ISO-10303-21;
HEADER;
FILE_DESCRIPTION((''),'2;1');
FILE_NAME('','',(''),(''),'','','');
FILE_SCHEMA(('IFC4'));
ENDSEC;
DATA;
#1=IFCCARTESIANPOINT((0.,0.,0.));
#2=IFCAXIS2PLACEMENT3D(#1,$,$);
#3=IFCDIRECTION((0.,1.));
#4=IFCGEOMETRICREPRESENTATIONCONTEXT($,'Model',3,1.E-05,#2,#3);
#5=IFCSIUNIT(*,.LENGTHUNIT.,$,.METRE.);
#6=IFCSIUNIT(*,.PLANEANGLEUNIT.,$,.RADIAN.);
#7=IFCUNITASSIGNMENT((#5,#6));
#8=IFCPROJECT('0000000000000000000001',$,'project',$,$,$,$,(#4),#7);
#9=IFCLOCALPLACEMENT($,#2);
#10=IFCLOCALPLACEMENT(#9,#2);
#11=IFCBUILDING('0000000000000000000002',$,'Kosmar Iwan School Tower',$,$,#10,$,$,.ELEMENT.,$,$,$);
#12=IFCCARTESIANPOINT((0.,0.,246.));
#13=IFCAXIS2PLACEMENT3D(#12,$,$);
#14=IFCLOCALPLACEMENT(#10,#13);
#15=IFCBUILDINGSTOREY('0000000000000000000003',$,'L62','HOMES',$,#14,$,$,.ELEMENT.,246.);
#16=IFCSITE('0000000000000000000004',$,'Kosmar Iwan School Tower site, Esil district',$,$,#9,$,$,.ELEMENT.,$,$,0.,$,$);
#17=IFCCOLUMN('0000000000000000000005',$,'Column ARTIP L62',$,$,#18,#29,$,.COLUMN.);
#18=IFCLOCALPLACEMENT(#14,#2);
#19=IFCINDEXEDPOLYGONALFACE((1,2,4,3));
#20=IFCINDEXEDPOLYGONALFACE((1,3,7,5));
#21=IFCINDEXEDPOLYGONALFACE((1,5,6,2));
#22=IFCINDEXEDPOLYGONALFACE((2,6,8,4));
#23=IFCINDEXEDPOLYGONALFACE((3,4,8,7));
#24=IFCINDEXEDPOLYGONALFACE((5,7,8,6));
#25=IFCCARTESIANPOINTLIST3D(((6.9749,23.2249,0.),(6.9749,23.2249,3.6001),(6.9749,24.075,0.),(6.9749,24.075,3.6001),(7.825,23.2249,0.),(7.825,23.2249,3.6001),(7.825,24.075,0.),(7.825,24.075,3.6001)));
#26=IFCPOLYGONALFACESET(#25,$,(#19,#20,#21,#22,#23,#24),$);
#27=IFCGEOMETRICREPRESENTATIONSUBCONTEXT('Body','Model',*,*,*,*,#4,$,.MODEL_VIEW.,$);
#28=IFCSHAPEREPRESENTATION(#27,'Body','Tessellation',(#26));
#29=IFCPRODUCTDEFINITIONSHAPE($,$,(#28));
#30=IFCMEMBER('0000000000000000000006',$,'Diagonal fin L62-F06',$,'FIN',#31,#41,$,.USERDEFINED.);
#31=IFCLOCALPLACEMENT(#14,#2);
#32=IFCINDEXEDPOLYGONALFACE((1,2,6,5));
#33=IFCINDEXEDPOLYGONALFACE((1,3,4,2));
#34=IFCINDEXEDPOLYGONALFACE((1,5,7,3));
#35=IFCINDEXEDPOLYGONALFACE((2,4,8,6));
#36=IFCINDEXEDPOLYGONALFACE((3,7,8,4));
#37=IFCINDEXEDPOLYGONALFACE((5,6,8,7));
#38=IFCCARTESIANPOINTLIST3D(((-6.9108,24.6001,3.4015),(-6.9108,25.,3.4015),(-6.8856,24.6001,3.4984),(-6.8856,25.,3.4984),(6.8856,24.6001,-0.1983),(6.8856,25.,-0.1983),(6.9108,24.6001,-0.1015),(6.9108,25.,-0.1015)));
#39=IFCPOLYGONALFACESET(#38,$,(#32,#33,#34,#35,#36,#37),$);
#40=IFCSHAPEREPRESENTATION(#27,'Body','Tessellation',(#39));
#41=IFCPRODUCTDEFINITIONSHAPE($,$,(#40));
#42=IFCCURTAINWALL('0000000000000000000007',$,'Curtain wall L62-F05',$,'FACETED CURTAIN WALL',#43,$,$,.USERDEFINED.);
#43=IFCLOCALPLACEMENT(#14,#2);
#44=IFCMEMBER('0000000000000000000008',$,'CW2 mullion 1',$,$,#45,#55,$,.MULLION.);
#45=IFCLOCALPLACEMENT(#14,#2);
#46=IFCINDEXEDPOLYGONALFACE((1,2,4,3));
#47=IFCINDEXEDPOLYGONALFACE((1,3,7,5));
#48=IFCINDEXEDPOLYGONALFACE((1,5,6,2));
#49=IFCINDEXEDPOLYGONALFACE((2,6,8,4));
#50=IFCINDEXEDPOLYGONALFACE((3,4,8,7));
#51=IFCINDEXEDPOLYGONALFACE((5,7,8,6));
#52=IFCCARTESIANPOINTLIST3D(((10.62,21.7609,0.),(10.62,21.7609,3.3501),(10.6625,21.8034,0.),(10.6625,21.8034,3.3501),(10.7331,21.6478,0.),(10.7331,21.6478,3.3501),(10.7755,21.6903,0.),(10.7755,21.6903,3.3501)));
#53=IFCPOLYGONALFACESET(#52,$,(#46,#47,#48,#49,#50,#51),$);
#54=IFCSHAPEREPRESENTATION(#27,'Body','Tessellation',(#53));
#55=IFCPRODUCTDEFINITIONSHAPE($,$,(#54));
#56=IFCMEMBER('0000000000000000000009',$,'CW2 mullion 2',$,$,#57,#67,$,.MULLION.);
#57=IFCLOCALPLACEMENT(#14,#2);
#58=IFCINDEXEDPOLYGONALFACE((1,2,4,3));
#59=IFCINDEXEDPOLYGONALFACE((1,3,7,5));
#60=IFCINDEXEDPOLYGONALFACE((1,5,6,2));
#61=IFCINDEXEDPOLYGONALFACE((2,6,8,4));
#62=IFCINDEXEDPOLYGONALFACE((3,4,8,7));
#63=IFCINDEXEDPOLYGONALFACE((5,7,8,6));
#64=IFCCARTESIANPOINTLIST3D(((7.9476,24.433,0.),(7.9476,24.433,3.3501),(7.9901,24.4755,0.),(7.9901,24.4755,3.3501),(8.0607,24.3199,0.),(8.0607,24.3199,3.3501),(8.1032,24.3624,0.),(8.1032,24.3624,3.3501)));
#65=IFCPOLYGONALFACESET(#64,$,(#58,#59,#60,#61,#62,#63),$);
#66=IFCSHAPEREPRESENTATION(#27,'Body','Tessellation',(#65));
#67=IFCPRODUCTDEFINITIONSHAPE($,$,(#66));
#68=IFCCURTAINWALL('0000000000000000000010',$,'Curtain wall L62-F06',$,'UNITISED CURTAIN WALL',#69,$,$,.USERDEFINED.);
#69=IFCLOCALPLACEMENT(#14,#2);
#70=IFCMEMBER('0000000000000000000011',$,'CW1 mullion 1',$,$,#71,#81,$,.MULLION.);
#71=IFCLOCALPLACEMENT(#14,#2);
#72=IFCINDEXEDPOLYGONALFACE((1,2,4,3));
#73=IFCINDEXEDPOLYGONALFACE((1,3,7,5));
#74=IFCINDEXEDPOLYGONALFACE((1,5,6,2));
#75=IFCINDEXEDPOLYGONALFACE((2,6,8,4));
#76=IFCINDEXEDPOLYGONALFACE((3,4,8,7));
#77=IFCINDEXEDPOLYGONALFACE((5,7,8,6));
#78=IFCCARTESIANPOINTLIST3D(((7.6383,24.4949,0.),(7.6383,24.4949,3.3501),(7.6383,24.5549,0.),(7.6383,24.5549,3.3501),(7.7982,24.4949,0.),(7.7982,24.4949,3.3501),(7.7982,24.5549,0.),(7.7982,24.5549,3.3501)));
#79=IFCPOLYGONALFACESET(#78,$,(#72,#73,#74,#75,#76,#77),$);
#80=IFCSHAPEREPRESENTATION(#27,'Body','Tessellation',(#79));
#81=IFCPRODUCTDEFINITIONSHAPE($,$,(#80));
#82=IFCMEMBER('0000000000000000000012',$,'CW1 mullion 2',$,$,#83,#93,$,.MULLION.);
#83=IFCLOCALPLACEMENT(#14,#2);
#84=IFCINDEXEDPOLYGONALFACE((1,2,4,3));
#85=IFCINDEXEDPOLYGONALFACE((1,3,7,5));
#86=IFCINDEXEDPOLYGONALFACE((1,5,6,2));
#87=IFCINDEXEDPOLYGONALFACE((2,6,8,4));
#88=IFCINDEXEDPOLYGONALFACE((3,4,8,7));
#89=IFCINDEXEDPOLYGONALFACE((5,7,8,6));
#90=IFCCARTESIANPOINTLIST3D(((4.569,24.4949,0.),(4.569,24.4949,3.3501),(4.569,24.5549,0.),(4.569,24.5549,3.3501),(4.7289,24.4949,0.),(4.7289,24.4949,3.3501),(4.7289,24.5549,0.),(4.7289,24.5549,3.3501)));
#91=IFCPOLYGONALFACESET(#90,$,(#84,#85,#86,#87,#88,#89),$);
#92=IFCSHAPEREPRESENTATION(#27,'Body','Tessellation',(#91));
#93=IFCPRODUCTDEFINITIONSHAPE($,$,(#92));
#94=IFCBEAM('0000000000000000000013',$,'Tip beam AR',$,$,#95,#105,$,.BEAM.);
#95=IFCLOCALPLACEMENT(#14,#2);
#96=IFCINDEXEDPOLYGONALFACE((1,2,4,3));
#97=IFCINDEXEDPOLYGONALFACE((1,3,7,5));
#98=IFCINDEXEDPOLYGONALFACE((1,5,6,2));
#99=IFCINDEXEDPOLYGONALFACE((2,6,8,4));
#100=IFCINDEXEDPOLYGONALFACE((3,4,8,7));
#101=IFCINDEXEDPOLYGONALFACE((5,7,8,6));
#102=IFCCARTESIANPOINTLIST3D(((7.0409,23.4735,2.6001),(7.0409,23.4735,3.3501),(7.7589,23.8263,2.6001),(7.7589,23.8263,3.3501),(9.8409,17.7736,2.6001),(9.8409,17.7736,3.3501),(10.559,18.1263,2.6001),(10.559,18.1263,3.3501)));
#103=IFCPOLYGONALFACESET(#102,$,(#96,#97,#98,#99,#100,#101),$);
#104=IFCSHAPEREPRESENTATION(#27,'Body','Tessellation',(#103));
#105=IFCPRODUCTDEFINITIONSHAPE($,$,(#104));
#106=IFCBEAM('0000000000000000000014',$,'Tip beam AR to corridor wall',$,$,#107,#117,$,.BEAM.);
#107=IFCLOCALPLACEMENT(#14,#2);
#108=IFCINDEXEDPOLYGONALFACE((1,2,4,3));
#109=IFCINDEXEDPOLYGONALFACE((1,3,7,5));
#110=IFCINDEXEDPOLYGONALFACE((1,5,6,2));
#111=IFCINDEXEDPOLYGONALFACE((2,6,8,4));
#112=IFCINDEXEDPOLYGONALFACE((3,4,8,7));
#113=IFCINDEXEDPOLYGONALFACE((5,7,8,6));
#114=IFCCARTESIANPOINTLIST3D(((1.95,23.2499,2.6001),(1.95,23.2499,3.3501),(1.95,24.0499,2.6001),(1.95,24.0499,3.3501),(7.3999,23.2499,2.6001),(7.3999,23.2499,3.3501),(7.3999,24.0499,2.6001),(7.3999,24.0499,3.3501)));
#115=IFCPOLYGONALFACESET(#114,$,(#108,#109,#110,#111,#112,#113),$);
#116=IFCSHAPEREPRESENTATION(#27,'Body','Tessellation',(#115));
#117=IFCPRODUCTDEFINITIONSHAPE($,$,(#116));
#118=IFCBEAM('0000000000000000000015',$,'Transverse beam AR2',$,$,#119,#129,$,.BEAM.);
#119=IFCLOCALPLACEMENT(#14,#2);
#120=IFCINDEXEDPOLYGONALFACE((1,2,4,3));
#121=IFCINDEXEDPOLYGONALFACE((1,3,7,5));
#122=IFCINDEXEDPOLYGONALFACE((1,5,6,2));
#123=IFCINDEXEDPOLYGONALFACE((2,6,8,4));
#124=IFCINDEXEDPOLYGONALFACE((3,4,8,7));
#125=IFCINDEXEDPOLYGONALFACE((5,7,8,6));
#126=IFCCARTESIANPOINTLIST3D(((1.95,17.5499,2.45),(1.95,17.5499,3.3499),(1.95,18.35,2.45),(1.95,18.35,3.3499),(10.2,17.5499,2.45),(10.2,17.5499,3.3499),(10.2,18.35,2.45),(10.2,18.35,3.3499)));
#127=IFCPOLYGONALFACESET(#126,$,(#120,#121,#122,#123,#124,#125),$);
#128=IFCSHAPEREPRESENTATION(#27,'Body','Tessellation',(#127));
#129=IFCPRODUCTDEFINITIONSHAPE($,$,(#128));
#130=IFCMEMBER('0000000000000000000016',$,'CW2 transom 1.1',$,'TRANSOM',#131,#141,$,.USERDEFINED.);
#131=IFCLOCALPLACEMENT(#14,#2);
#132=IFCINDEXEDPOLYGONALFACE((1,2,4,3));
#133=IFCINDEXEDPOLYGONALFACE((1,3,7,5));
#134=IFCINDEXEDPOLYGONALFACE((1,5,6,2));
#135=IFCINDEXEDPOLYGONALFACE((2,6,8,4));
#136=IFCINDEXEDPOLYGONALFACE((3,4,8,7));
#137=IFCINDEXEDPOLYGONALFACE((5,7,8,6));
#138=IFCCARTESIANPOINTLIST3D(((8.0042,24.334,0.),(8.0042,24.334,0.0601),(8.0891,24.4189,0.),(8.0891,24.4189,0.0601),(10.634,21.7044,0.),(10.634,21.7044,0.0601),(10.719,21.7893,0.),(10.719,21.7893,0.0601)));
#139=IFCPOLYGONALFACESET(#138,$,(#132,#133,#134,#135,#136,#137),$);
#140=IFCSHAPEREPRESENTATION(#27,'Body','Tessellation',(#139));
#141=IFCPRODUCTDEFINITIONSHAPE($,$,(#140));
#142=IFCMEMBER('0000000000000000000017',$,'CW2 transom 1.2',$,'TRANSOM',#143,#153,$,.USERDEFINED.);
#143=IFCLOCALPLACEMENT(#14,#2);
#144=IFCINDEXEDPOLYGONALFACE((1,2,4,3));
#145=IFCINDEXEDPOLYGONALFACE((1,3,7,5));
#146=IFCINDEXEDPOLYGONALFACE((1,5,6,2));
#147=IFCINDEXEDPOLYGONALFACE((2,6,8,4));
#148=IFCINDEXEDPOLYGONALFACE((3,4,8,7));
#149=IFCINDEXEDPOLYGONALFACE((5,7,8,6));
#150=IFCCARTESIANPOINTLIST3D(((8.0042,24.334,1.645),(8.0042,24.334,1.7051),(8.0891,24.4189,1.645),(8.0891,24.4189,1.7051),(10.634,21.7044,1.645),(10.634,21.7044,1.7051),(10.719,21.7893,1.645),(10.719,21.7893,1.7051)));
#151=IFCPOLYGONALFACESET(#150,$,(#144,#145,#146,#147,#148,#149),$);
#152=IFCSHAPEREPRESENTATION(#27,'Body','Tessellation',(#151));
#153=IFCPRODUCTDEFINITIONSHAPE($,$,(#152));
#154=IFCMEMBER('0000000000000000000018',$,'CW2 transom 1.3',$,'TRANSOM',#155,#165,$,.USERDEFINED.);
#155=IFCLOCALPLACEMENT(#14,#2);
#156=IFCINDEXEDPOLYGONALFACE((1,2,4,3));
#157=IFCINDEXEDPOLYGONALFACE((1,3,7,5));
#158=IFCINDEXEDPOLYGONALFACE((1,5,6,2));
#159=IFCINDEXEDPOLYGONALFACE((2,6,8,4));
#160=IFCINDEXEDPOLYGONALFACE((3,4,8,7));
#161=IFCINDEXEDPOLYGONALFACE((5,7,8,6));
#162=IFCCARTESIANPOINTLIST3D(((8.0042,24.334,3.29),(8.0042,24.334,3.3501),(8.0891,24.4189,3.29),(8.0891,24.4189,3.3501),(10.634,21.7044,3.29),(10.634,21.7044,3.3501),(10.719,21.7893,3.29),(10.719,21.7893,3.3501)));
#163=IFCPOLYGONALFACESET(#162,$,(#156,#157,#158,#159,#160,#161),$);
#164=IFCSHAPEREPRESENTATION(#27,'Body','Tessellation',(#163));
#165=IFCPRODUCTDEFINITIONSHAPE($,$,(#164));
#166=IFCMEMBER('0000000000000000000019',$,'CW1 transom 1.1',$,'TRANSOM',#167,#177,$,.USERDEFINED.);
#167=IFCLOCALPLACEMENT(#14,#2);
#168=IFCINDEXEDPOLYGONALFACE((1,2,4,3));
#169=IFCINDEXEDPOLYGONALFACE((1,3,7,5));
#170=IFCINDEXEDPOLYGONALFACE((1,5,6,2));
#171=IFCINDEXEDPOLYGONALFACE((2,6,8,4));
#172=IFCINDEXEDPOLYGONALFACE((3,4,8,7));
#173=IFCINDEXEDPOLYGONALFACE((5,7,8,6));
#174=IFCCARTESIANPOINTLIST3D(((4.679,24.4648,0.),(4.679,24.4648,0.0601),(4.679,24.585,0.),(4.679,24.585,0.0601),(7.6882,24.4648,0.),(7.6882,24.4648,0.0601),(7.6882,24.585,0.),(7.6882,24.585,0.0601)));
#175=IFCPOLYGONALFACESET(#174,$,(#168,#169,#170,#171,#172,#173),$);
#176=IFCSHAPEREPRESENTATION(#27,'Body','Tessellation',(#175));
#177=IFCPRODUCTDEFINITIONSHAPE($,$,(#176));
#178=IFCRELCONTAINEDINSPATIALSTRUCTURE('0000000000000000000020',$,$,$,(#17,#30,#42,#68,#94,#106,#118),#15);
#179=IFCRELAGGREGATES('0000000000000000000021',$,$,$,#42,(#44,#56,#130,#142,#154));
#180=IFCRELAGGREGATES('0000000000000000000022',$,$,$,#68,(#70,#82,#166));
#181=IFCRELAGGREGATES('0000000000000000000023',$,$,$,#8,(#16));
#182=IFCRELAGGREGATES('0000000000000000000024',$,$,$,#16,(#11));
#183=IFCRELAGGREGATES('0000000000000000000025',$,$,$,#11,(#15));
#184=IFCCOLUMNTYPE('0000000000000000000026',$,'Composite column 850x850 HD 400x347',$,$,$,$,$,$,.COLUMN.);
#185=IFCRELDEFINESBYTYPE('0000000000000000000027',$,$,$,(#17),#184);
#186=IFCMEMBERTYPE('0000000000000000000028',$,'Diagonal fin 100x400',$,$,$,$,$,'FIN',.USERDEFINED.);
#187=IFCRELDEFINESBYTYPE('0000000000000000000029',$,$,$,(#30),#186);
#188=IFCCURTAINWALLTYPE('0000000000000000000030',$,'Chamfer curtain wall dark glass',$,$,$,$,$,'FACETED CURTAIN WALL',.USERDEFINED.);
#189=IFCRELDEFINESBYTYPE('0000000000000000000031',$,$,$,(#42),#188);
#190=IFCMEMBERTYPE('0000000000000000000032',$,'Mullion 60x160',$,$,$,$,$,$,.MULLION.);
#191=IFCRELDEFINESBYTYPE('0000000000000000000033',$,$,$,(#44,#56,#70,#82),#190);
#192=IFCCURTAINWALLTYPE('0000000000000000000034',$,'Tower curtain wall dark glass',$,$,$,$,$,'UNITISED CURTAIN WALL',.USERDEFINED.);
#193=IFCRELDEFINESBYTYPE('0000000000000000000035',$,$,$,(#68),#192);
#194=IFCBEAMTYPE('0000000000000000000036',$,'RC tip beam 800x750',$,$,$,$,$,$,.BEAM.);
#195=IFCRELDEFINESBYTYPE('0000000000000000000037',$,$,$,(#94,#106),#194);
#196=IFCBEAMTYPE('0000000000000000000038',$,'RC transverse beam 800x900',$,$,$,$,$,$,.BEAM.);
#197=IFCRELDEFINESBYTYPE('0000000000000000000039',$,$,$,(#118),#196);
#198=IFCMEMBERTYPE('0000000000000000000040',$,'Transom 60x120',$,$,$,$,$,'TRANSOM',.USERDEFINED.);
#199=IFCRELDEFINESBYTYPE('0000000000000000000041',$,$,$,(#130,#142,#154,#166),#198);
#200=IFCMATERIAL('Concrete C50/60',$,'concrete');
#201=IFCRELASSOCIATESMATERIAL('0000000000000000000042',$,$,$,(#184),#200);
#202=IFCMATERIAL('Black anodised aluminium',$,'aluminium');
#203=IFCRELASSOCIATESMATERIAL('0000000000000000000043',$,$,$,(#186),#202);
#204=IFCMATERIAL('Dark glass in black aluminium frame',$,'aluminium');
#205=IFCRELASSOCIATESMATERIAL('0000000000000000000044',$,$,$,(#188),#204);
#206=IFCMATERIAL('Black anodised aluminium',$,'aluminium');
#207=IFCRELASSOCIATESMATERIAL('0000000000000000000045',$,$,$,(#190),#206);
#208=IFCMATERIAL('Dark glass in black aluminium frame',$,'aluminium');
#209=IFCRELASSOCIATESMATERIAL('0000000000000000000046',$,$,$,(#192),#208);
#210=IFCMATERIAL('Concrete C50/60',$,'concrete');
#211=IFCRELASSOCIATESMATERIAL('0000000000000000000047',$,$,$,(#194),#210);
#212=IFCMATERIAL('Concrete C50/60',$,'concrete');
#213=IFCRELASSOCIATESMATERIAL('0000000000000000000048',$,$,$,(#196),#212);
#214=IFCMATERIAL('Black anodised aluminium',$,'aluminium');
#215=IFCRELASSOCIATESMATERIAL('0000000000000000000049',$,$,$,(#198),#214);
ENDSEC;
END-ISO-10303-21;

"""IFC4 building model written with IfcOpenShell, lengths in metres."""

from ifc_helpers import new_model, si_unit, direction, frame, origin, origin_2d, place, context, subcontext, project, spatial, rectangle, extrude, material, material_profile, profile_set, type_object, element, aggregate, save


model = new_model("IFC4")

# Units and contexts
model_context = context("Model", 3, precision=1e-05, world=origin(), true_north=direction((0.0, 1.0)))
body_context = subcontext(model_context, "Body", "Model", "MODEL_VIEW")
ifc_project = project(units=[si_unit("LENGTHUNIT", "METRE"), si_unit("PLANEANGLEUNIT", "RADIAN")], contexts=[model_context])

# Site, building, storey
site_placement = place(None, origin())
site = spatial("IfcSite", under=ifc_project, at=site_placement, Name="Kosmar Iwan School Tower site, Esil district", CompositionType="ELEMENT", RefElevation=0.0)
building_placement = place(site_placement, origin())
building = spatial("IfcBuilding", under=site, at=building_placement, Name="Kosmar Iwan School Tower", CompositionType="ELEMENT")
storey_placement = place(building_placement, frame((0.0, 0.0, 246.0)))
storey = spatial("IfcBuildingStorey", under=building, at=storey_placement, Name="L62", Description="HOMES", CompositionType="ELEMENT", Elevation=246.0)

# Column
ifc_material_1 = material(Name="Concrete C50/60", Category="concrete")
ifc_material_profile_1 = material_profile(ifc_material_1, rectangle(XDim=0.8501, YDim=0.8501, at=origin_2d()), Name="RC 850x850 + HD 400x347")
ifc_profile_set_1 = profile_set([ifc_material_profile_1], Name="Concrete C50/60")
column_type = type_object("IfcColumnType", Name="Composite column 850x850 HD 400x347", PredefinedType="COLUMN", material=ifc_profile_set_1)
column_placement = place(storey_placement, frame((7.3999, 23.6499, 0.0), z_axis=(0.0, 0.0, 1.0), x_axis=(0.0, 1.0, 0.0)))
element("IfcColumn", 1, at=column_placement, inside=storey, type_object=column_type, Name="Column ARTIP L62", PredefinedType="COLUMN", context=body_context, shape_type="SweptSolid", body=[
    extrude(rectangle(XDim=0.8501, YDim=0.8501, at=origin_2d()), origin(), (0.0, 0.0, 1.0), 3.6001),
])

# Member
ifc_material_2 = material(Name="Black anodised aluminium", Category="aluminium")
ifc_material_profile_2 = material_profile(ifc_material_2, rectangle(XDim=0.1001, YDim=0.3999, at=origin_2d()), Name="FIN 100x400")
ifc_profile_set_2 = profile_set([ifc_material_profile_2], Name="Black anodised aluminium")
member_type_1 = type_object("IfcMemberType", Name="Diagonal fin 100x400", ElementType="FIN", PredefinedType="USERDEFINED", material=ifc_profile_set_2)
member_1_placement = place(storey_placement, frame((6.8982, 24.8, -0.1499), z_axis=(-0.967604, 0.0, 0.252474), x_axis=(0.252474, 0.0, 0.967604)))
element("IfcMember", 2, at=member_1_placement, inside=storey, type_object=member_type_1, Name="Diagonal fin L62-F06", ObjectType="FIN", PredefinedType="USERDEFINED", context=body_context, shape_type="SweptSolid", body=[
    extrude(rectangle(XDim=0.1001, YDim=0.3999, at=origin_2d()), origin(), (0.0, 0.0, 1.0), 14.2583),
])

# Curtain walls, members
ifc_material_3 = material(Name="Dark glass in black aluminium frame", Category="aluminium")
curtain_wall_type_1 = type_object("IfcCurtainWallType", Name="Chamfer curtain wall dark glass", ElementType="FACETED CURTAIN WALL", PredefinedType="USERDEFINED", material=ifc_material_3)
curtain_wall_1_placement = place(storey_placement, origin())
curtain_wall_1 = element("IfcCurtainWall", 3, at=curtain_wall_1_placement, inside=storey, type_object=curtain_wall_type_1, Name="Curtain wall L62-F05", ObjectType="FACETED CURTAIN WALL", PredefinedType="USERDEFINED")
ifc_material_4 = material(Name="Black anodised aluminium", Category="aluminium")
ifc_material_profile_3 = material_profile(ifc_material_4, rectangle(XDim=0.0601, YDim=0.1599, at=origin_2d()), Name="MULLION 60x160")
ifc_profile_set_3 = profile_set([ifc_material_profile_3], Name="Black anodised aluminium")
member_type_2 = type_object("IfcMemberType", Name="Mullion 60x160", PredefinedType="MULLION", material=ifc_profile_set_3)
member_2_placement = place(storey_placement, frame((10.6978, 21.7256, 0.0), z_axis=(0.0, 0.0, 1.0), x_axis=(-0.707107, -0.707107, 0.0)))
member_2 = element("IfcMember", 4, at=member_2_placement, type_object=member_type_2, Name="CW2 mullion 1", PredefinedType="MULLION", context=body_context, shape_type="SweptSolid", body=[
    extrude(rectangle(XDim=0.0601, YDim=0.1599, at=origin_2d()), origin(), (0.0, 0.0, 1.0), 3.3501),
])
member_3_placement = place(storey_placement, frame((8.0254, 24.3977, 0.0), z_axis=(0.0, 0.0, 1.0), x_axis=(-0.707107, -0.707107, 0.0)))
member_3 = element("IfcMember", 5, at=member_3_placement, type_object=member_type_2, Name="CW2 mullion 2", PredefinedType="MULLION", context=body_context, shape_type="SweptSolid", body=[
    extrude(rectangle(XDim=0.0601, YDim=0.1599, at=origin_2d()), origin(), (0.0, 0.0, 1.0), 3.3501),
])
ifc_material_5 = material(Name="Dark glass in black aluminium frame", Category="aluminium")
curtain_wall_type_2 = type_object("IfcCurtainWallType", Name="Tower curtain wall dark glass", ElementType="UNITISED CURTAIN WALL", PredefinedType="USERDEFINED", material=ifc_material_5)
curtain_wall_2_placement = place(storey_placement, origin())
curtain_wall_2 = element("IfcCurtainWall", 6, at=curtain_wall_2_placement, inside=storey, type_object=curtain_wall_type_2, Name="Curtain wall L62-F06", ObjectType="UNITISED CURTAIN WALL", PredefinedType="USERDEFINED")
member_4_placement = place(storey_placement, frame((7.7183, 24.5249, 0.0), z_axis=(0.0, 0.0, 1.0), x_axis=(0.0, -1.0, 0.0)))
member_4 = element("IfcMember", 7, at=member_4_placement, type_object=member_type_2, Name="CW1 mullion 1", PredefinedType="MULLION", context=body_context, shape_type="SweptSolid", body=[
    extrude(rectangle(XDim=0.0601, YDim=0.1599, at=origin_2d()), origin(), (0.0, 0.0, 1.0), 3.3501),
])
member_5_placement = place(storey_placement, frame((4.6489, 24.5249, 0.0), z_axis=(0.0, 0.0, 1.0), x_axis=(0.0, -1.0, 0.0)))
member_5 = element("IfcMember", 8, at=member_5_placement, type_object=member_type_2, Name="CW1 mullion 2", PredefinedType="MULLION", context=body_context, shape_type="SweptSolid", body=[
    extrude(rectangle(XDim=0.0601, YDim=0.1599, at=origin_2d()), origin(), (0.0, 0.0, 1.0), 3.3501),
])

# Beams
ifc_material_6 = material(Name="Concrete C50/60", Category="concrete")
ifc_material_profile_4 = material_profile(ifc_material_6, rectangle(XDim=0.8, YDim=0.75, at=origin_2d()), Name="RC 800x750")
ifc_profile_set_4 = profile_set([ifc_material_profile_4], Name="Concrete C50/60")
beam_type_1 = type_object("IfcBeamType", Name="RC tip beam 800x750", PredefinedType="BEAM", material=ifc_profile_set_4)
beam_1_placement = place(storey_placement, frame((10.2, 17.95, 2.9751), z_axis=(-0.440913, 0.89755, 0.0), x_axis=(-0.89755, -0.440913, 0.0)))
element("IfcBeam", 9, at=beam_1_placement, inside=storey, type_object=beam_type_1, Name="Tip beam AR", PredefinedType="BEAM", context=body_context, shape_type="SweptSolid", body=[
    extrude(rectangle(XDim=0.8, YDim=0.75, at=origin_2d()), origin(), (0.0, 0.0, 1.0), 6.3506),
])
beam_2_placement = place(storey_placement, frame((7.3999, 23.6499, 2.9751), z_axis=(-1.0, 0.0, 0.0), x_axis=(0.0, -1.0, 0.0)))
element("IfcBeam", 10, at=beam_2_placement, inside=storey, type_object=beam_type_1, Name="Tip beam AR to corridor wall", PredefinedType="BEAM", context=body_context, shape_type="SweptSolid", body=[
    extrude(rectangle(XDim=0.8, YDim=0.75, at=origin_2d()), origin(), (0.0, 0.0, 1.0), 5.45),
])
ifc_material_7 = material(Name="Concrete C50/60", Category="concrete")
ifc_material_profile_5 = material_profile(ifc_material_7, rectangle(XDim=0.8, YDim=0.8999, at=origin_2d()), Name="RC 800x900")
ifc_profile_set_5 = profile_set([ifc_material_profile_5], Name="Concrete C50/60")
beam_type_2 = type_object("IfcBeamType", Name="RC transverse beam 800x900", PredefinedType="BEAM", material=ifc_profile_set_5)
beam_3_placement = place(storey_placement, frame((10.2, 17.95, 2.8999), z_axis=(-1.0, 0.0, 0.0), x_axis=(0.0, -1.0, 0.0)))
element("IfcBeam", 11, at=beam_3_placement, inside=storey, type_object=beam_type_2, Name="Transverse beam AR2", PredefinedType="BEAM", context=body_context, shape_type="SweptSolid", body=[
    extrude(rectangle(XDim=0.8, YDim=0.8999, at=origin_2d()), origin(), (0.0, 0.0, 1.0), 8.25),
])

# Members
ifc_material_8 = material(Name="Black anodised aluminium", Category="aluminium")
ifc_material_profile_6 = material_profile(ifc_material_8, rectangle(XDim=0.1201, YDim=0.0601, at=origin_2d()), Name="TRANSOM 60x120")
ifc_profile_set_6 = profile_set([ifc_material_profile_6], Name="Black anodised aluminium")
member_type_3 = type_object("IfcMemberType", Name="Transom 60x120", ElementType="TRANSOM", PredefinedType="USERDEFINED", material=ifc_profile_set_6)
member_6_placement = place(storey_placement, frame((10.6765, 21.7468, 0.03), z_axis=(-0.70714, 0.707074, 0.0), x_axis=(-0.707074, -0.70714, 0.0)))
member_6 = element("IfcMember", 12, at=member_6_placement, type_object=member_type_3, Name="CW2 transom 1.1", ObjectType="TRANSOM", PredefinedType="USERDEFINED", context=body_context, shape_type="SweptSolid", body=[
    extrude(rectangle(XDim=0.1201, YDim=0.0601, at=origin_2d()), origin(), (0.0, 0.0, 1.0), 3.719),
])
member_7_placement = place(storey_placement, frame((10.6765, 21.7468, 1.675), z_axis=(-0.70714, 0.707074, 0.0), x_axis=(-0.707074, -0.70714, 0.0)))
member_7 = element("IfcMember", 13, at=member_7_placement, type_object=member_type_3, Name="CW2 transom 1.2", ObjectType="TRANSOM", PredefinedType="USERDEFINED", context=body_context, shape_type="SweptSolid", body=[
    extrude(rectangle(XDim=0.1201, YDim=0.0601, at=origin_2d()), origin(), (0.0, 0.0, 1.0), 3.719),
])
member_8_placement = place(storey_placement, frame((10.6765, 21.7468, 3.3201), z_axis=(-0.70714, 0.707074, 0.0), x_axis=(-0.707074, -0.70714, 0.0)))
member_8 = element("IfcMember", 14, at=member_8_placement, type_object=member_type_3, Name="CW2 transom 1.3", ObjectType="TRANSOM", PredefinedType="USERDEFINED", context=body_context, shape_type="SweptSolid", body=[
    extrude(rectangle(XDim=0.1201, YDim=0.0601, at=origin_2d()), origin(), (0.0, 0.0, 1.0), 3.719),
])
member_9_placement = place(storey_placement, frame((7.6882, 24.5249, 0.03), z_axis=(-1.0, 0.0, 0.0), x_axis=(0.0, -1.0, 0.0)))
member_9 = element("IfcMember", 15, at=member_9_placement, type_object=member_type_3, Name="CW1 transom 1.1", ObjectType="TRANSOM", PredefinedType="USERDEFINED", context=body_context, shape_type="SweptSolid", body=[
    extrude(rectangle(XDim=0.1201, YDim=0.0601, at=origin_2d()), origin(), (0.0, 0.0, 1.0), 3.0093),
])

aggregate(curtain_wall_1, [member_2, member_3, member_6, member_7, member_8])
aggregate(curtain_wall_2, [member_4, member_5, member_9])

save(model, "model.ifc")
